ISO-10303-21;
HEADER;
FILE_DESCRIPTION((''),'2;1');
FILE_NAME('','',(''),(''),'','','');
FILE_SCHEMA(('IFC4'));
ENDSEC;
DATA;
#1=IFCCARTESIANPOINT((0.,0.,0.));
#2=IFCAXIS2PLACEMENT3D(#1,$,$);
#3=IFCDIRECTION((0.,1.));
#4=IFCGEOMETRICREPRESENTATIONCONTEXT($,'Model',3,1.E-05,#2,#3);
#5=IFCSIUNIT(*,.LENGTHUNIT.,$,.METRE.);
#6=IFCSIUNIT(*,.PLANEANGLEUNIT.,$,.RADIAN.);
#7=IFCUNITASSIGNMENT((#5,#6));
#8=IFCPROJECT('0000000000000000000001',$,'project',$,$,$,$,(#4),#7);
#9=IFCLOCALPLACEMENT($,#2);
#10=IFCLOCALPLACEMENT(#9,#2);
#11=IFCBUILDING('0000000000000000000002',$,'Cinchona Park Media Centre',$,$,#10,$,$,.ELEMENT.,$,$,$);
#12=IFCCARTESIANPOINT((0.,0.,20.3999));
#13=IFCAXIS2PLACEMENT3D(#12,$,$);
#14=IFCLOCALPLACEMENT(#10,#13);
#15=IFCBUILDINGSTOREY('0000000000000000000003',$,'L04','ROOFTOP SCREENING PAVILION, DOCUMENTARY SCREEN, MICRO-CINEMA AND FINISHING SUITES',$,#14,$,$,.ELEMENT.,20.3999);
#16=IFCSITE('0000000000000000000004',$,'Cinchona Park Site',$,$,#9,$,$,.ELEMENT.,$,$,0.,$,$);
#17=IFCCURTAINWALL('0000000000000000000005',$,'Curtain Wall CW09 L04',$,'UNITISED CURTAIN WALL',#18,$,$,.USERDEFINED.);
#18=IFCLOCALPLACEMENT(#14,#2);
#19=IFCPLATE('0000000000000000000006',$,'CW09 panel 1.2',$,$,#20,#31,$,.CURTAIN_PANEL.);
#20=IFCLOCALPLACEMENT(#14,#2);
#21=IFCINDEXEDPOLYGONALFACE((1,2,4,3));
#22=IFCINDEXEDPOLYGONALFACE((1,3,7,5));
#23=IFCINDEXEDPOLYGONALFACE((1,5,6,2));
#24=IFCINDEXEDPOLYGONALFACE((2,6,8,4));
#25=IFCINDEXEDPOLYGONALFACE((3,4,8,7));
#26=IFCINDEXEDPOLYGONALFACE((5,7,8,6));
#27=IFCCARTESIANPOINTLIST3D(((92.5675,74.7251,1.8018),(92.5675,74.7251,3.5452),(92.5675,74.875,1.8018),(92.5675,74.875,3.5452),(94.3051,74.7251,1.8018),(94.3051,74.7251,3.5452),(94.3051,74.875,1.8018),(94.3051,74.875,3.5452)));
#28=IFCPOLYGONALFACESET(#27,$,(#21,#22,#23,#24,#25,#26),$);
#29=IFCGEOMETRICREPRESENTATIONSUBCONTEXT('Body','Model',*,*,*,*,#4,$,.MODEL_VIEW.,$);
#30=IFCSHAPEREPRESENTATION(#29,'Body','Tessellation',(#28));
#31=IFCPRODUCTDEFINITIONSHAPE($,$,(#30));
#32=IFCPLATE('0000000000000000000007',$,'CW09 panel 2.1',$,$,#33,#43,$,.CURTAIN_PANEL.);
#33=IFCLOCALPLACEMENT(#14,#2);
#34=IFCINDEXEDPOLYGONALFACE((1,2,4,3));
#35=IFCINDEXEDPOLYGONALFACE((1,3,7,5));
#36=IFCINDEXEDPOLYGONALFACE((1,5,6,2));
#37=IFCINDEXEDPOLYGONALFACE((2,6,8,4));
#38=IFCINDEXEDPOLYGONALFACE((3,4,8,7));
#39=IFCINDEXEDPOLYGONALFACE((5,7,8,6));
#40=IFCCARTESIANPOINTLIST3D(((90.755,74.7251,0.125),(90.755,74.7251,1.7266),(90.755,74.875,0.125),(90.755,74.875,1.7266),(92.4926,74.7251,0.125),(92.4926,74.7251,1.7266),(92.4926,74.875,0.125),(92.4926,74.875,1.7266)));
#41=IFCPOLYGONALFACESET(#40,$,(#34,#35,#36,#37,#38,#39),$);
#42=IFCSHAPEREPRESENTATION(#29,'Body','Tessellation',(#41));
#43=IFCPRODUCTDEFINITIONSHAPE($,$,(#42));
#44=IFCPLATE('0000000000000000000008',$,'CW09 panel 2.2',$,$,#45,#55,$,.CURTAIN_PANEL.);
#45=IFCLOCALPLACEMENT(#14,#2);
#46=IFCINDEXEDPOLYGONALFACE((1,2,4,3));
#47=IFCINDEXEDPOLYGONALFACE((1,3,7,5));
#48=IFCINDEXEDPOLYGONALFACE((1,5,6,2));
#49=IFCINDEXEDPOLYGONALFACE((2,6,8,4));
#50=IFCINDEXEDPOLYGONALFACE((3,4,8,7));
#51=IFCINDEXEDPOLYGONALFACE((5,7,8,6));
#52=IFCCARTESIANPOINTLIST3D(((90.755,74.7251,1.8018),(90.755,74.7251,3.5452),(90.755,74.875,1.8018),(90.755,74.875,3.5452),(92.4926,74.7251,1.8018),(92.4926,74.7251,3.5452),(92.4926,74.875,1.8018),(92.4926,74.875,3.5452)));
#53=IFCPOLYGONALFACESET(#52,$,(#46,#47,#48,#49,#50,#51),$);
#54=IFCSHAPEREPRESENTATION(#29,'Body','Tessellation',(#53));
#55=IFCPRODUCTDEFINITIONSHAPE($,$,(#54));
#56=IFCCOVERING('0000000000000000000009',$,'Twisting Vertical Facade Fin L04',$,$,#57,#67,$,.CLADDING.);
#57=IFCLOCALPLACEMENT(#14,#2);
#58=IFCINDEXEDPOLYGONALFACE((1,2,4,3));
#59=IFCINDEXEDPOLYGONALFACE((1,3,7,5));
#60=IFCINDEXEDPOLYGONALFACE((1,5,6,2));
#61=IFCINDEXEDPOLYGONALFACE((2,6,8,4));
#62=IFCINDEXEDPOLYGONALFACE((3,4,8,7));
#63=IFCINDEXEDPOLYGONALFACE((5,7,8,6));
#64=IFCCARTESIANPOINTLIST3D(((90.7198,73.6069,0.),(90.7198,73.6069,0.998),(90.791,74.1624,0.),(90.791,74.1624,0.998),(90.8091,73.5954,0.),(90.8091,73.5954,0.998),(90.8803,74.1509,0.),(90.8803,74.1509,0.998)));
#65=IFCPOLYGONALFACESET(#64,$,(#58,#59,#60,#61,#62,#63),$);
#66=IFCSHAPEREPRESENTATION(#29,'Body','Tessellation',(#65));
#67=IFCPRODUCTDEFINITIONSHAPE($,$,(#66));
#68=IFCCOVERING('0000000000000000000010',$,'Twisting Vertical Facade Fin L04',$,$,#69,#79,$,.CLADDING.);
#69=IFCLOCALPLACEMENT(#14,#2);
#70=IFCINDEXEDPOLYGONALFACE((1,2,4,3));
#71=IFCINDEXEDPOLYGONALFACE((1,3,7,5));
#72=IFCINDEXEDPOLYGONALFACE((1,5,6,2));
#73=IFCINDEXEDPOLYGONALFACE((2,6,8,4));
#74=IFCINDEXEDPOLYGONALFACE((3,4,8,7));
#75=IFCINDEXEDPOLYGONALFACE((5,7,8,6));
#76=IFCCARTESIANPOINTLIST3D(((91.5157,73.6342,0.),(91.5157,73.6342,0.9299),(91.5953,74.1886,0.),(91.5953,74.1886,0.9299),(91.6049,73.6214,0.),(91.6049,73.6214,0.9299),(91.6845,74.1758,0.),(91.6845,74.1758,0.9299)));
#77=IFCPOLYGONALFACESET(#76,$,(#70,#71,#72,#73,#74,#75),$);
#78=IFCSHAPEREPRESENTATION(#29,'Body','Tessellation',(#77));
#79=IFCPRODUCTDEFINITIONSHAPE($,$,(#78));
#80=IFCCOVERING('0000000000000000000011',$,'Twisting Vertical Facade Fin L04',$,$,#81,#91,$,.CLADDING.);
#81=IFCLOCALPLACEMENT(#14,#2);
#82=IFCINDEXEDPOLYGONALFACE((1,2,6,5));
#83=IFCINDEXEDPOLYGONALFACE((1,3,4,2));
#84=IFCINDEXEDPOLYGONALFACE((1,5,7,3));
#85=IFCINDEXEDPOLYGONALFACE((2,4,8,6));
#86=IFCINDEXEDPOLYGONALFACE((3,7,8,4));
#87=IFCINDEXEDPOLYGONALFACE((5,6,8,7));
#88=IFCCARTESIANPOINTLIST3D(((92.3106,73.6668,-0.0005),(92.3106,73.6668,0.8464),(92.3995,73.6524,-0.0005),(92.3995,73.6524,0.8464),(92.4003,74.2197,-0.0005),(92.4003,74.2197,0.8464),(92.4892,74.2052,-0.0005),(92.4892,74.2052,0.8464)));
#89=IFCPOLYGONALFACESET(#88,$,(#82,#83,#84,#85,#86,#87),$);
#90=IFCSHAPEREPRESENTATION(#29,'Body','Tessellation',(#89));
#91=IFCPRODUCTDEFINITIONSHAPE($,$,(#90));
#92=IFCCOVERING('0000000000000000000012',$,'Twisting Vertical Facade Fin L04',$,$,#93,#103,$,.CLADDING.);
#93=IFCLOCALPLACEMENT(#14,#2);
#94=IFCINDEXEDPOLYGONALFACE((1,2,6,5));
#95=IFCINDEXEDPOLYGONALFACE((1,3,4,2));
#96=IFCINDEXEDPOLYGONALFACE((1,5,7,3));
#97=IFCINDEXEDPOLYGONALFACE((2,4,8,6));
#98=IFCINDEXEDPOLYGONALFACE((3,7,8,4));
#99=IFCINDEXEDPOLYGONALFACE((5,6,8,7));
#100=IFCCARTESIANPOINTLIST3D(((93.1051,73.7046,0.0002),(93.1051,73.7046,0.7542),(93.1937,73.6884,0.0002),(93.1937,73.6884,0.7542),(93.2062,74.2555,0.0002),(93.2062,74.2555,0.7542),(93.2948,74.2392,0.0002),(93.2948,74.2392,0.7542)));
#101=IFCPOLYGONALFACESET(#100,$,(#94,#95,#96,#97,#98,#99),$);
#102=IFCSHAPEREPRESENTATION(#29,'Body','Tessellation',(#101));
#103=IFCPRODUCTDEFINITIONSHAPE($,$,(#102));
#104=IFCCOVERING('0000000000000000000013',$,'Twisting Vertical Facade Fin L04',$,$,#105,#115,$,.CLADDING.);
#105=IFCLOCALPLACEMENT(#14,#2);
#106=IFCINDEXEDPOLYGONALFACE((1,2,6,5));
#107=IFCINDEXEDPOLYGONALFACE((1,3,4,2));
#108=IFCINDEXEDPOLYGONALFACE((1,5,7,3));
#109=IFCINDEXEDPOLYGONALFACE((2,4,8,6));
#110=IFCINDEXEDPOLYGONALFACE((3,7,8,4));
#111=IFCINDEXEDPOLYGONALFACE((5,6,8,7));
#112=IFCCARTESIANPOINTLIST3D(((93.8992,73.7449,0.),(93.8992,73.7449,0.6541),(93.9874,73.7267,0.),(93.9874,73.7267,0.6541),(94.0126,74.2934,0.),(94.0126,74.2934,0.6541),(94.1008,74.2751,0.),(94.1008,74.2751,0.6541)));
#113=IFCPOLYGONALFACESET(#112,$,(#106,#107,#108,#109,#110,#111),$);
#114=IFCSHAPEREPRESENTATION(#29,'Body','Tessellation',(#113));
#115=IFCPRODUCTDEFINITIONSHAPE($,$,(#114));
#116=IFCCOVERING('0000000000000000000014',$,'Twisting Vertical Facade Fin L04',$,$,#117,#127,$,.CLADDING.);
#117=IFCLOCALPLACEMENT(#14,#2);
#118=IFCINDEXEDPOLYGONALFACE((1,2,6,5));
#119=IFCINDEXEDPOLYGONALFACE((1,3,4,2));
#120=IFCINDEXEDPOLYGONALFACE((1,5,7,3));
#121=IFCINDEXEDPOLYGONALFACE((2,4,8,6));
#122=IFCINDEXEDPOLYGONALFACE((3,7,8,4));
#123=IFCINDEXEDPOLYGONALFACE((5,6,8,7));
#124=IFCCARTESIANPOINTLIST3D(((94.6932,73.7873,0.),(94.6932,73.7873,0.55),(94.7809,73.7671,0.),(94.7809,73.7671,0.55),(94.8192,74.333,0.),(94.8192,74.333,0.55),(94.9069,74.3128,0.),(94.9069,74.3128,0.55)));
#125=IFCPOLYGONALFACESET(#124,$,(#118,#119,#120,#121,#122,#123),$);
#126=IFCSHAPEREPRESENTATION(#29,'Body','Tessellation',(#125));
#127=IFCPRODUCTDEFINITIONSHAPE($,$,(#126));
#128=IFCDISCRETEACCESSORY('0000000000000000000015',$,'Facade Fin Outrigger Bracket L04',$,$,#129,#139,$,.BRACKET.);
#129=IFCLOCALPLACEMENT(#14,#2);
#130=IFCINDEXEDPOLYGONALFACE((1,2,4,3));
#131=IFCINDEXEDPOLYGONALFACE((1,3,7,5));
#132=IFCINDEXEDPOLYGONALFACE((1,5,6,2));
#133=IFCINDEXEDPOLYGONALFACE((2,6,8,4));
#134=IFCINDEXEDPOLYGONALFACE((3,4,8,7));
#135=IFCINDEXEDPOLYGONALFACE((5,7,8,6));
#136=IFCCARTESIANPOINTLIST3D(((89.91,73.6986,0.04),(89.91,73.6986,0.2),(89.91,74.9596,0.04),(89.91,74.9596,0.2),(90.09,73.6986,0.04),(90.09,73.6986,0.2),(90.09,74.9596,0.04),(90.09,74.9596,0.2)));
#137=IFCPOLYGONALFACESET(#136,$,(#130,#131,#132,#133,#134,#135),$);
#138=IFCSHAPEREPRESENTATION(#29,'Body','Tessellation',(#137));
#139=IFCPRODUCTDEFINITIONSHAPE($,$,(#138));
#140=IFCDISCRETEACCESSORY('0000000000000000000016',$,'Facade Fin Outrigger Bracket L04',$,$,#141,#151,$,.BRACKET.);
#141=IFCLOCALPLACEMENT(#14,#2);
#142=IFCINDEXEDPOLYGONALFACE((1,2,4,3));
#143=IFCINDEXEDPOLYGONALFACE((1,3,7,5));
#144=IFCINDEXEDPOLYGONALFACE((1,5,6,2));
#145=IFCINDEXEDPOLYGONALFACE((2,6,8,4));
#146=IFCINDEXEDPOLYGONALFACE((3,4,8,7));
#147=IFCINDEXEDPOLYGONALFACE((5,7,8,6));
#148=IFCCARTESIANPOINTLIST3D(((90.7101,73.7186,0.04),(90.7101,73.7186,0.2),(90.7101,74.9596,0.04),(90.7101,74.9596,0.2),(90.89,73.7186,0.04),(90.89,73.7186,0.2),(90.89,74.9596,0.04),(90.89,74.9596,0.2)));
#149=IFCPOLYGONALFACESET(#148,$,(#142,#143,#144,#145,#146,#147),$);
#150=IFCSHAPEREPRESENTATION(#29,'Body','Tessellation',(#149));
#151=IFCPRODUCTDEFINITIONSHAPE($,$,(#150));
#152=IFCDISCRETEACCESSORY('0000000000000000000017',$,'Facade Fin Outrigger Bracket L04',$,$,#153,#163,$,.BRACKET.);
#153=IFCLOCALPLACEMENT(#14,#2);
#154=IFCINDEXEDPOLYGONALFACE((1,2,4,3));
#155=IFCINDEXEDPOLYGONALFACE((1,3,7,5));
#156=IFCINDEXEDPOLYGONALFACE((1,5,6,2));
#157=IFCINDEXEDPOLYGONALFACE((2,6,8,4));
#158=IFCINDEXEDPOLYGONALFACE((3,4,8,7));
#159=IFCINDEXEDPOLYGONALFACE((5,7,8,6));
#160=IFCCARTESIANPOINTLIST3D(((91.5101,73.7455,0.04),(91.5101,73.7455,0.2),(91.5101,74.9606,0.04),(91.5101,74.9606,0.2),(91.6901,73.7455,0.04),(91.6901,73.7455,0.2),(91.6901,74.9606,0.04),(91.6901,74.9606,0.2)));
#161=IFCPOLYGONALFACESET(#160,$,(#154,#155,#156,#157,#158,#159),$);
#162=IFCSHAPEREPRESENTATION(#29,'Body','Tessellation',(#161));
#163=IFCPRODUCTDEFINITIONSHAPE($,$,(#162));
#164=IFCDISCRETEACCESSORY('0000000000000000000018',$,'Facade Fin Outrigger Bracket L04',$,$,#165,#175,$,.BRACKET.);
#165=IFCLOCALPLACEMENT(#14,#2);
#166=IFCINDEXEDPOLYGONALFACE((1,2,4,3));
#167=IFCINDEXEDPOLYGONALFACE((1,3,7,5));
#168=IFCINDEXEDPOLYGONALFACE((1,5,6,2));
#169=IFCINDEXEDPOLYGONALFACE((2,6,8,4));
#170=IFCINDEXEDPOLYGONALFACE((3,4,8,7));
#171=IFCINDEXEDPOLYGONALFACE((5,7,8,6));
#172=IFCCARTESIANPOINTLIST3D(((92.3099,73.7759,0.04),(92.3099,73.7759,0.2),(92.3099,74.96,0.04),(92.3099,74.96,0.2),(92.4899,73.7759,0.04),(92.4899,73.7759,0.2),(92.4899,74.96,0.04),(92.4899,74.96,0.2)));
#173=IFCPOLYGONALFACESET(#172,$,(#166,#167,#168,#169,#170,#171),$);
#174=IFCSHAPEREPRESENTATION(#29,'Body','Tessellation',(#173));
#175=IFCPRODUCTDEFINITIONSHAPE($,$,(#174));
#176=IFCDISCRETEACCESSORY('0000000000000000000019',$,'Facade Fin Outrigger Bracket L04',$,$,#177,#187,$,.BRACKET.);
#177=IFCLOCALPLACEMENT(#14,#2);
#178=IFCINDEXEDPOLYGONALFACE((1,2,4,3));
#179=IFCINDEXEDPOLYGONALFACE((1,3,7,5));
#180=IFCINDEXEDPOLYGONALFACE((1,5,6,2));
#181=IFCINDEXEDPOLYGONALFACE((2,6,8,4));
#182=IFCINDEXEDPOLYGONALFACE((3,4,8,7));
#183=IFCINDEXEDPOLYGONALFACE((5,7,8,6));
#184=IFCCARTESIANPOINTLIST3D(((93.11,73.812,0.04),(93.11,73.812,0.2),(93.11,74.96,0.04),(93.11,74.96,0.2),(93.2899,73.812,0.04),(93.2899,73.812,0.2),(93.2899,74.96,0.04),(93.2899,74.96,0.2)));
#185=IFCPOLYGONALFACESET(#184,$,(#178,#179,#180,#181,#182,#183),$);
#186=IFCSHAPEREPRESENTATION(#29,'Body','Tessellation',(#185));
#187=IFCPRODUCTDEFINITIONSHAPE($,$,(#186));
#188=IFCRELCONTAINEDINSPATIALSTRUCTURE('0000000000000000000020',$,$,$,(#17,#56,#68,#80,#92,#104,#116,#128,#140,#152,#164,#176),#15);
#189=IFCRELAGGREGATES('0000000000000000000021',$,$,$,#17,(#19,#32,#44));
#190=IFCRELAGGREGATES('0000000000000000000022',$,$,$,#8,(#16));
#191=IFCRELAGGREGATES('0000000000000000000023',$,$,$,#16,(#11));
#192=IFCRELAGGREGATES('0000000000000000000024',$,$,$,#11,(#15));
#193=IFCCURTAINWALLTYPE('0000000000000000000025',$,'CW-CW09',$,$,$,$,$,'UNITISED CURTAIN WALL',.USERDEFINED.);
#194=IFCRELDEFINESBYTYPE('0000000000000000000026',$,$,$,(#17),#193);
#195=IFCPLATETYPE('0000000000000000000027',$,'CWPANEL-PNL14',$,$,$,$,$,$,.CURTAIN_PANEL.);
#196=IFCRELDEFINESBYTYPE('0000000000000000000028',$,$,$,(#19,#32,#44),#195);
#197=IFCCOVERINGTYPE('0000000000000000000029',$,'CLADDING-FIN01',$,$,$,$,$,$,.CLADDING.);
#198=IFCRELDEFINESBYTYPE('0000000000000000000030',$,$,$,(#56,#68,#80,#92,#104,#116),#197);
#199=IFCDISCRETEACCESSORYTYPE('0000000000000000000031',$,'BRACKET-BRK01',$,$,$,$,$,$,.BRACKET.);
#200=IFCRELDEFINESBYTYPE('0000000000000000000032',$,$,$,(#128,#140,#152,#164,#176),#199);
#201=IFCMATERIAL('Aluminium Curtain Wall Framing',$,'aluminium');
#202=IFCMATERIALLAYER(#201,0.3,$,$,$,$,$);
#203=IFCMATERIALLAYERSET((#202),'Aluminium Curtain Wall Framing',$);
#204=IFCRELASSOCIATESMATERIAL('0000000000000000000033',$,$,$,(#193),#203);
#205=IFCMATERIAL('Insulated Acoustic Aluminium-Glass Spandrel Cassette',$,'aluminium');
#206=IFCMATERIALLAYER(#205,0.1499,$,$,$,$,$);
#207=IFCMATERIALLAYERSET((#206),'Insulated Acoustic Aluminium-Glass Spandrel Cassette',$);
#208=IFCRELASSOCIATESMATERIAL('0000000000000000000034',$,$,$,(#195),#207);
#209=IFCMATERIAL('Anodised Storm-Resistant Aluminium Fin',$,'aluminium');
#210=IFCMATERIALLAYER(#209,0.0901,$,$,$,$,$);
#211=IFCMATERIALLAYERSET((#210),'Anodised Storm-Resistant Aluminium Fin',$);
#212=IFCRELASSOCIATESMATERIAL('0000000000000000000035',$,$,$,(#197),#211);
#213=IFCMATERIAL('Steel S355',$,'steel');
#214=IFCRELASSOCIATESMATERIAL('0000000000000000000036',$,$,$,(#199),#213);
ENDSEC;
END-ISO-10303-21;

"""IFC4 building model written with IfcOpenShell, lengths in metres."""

from ifc_helpers import new_model, si_unit, direction, frame, origin, origin_2d, place, context, subcontext, project, spatial, rectangle, extrude, material, layer, layer_set, type_object, element, aggregate, save


model = new_model("IFC4")

# Units and contexts
model_context = context("Model", 3, precision=1e-05, world=origin(), true_north=direction((0.0, 1.0)))
body_context = subcontext(model_context, "Body", "Model", "MODEL_VIEW")
ifc_project = project(units=[si_unit("LENGTHUNIT", "METRE"), si_unit("PLANEANGLEUNIT", "RADIAN")], contexts=[model_context])

# Site, building, storey
site_placement = place(None, origin())
site = spatial("IfcSite", under=ifc_project, at=site_placement, Name="Cinchona Park Site", CompositionType="ELEMENT", RefElevation=0.0)
building_placement = place(site_placement, origin())
building = spatial("IfcBuilding", under=site, at=building_placement, Name="Cinchona Park Media Centre", CompositionType="ELEMENT")
storey_placement = place(building_placement, frame((0.0, 0.0, 20.3999)))
storey = spatial("IfcBuildingStorey", under=building, at=storey_placement, Name="L04", Description="ROOFTOP SCREENING PAVILION, DOCUMENTARY SCREEN, MICRO-CINEMA AND FINISHING SUITES", CompositionType="ELEMENT", Elevation=20.3999)

# Curtain wall
ifc_material_1 = material(Name="Aluminium Curtain Wall Framing", Category="aluminium")
ifc_layer_1 = layer(ifc_material_1, 0.3)
ifc_layer_set_1 = layer_set([ifc_layer_1], Name="Aluminium Curtain Wall Framing")
curtain_wall_type_1 = type_object("IfcCurtainWallType", Name="CW-CW09", ElementType="UNITISED CURTAIN WALL", PredefinedType="USERDEFINED", material=ifc_layer_set_1)
curtain_wall_1_placement = place(storey_placement, origin())
curtain_wall_1 = element("IfcCurtainWall", 1, at=curtain_wall_1_placement, inside=storey, type_object=curtain_wall_type_1, Name="Curtain Wall CW09 L04", ObjectType="UNITISED CURTAIN WALL", PredefinedType="USERDEFINED")

# Plates
ifc_material_2 = material(Name="Insulated Acoustic Aluminium-Glass Spandrel Cassette", Category="aluminium")
ifc_layer_2 = layer(ifc_material_2, 0.1499)
ifc_layer_set_2 = layer_set([ifc_layer_2], Name="Insulated Acoustic Aluminium-Glass Spandrel Cassette")
plate_type = type_object("IfcPlateType", Name="CWPANEL-PNL14", PredefinedType="CURTAIN_PANEL", material=ifc_layer_set_2)
plate_1_placement = place(storey_placement, frame((93.4363, 74.8, 1.8018), z_axis=(0.0, 0.0, 1.0), x_axis=(-1.0, 0.0, 0.0)))
plate_1 = element("IfcPlate", 2, at=plate_1_placement, type_object=plate_type, Name="CW09 panel 1.2", PredefinedType="CURTAIN_PANEL", context=body_context, shape_type="SweptSolid", body=[
    extrude(rectangle(XDim=1.7375, YDim=0.1499, at=origin_2d()), origin(), (0.0, 0.0, 1.0), 1.7434),
])
plate_2_placement = place(storey_placement, frame((91.6238, 74.8, 0.125), z_axis=(0.0, 0.0, 1.0), x_axis=(-1.0, 0.0, 0.0)))
plate_2 = element("IfcPlate", 3, at=plate_2_placement, type_object=plate_type, Name="CW09 panel 2.1", PredefinedType="CURTAIN_PANEL", context=body_context, shape_type="SweptSolid", body=[
    extrude(rectangle(XDim=1.7375, YDim=0.1499, at=origin_2d()), origin(), (0.0, 0.0, 1.0), 1.6016),
])
plate_3_placement = place(storey_placement, frame((91.6238, 74.8, 1.8018), z_axis=(0.0, 0.0, 1.0), x_axis=(-1.0, 0.0, 0.0)))
plate_3 = element("IfcPlate", 4, at=plate_3_placement, type_object=plate_type, Name="CW09 panel 2.2", PredefinedType="CURTAIN_PANEL", context=body_context, shape_type="SweptSolid", body=[
    extrude(rectangle(XDim=1.7375, YDim=0.1499, at=origin_2d()), origin(), (0.0, 0.0, 1.0), 1.7434),
])
aggregate(curtain_wall_1, [plate_1, plate_2, plate_3])

# Coverings
ifc_material_3 = material(Name="Anodised Storm-Resistant Aluminium Fin", Category="aluminium")
ifc_layer_3 = layer(ifc_material_3, 0.0901)
ifc_layer_set_3 = layer_set([ifc_layer_3], Name="Anodised Storm-Resistant Aluminium Fin")
covering_type = type_object("IfcCoveringType", Name="CLADDING-FIN01", PredefinedType="CLADDING", material=ifc_layer_set_3)
covering_1_placement = place(storey_placement, frame((90.8, 73.8789, 0.0), z_axis=(0.0, 0.0, 1.0), x_axis=(0.127065, 0.991894, 0.0)))
element("IfcCovering", 5, at=covering_1_placement, inside=storey, type_object=covering_type, Name="Twisting Vertical Facade Fin L04", PredefinedType="CLADDING", context=body_context, shape_type="SweptSolid", body=[
    extrude(rectangle(XDim=0.5601, YDim=0.0901, at=origin_2d()), origin(), (0.0, 0.0, 1.0), 0.998),
])
covering_2_placement = place(storey_placement, frame((91.6001, 73.905, 0.0), z_axis=(0.0, 0.0, 1.0), x_axis=(0.142111, 0.989851, 0.0)))
element("IfcCovering", 6, at=covering_2_placement, inside=storey, type_object=covering_type, Name="Twisting Vertical Facade Fin L04", PredefinedType="CLADDING", context=body_context, shape_type="SweptSolid", body=[
    extrude(rectangle(XDim=0.5601, YDim=0.0901, at=origin_2d()), origin(), (0.0, 0.0, 1.0), 0.9299),
])
covering_3_placement = place(storey_placement, frame((92.3999, 73.936, -0.0005), z_axis=(0.0, 0.0, 1.0), x_axis=(0.160226, 0.98708, 0.0)))
element("IfcCovering", 7, at=covering_3_placement, inside=storey, type_object=covering_type, Name="Twisting Vertical Facade Fin L04", PredefinedType="CLADDING", context=body_context, shape_type="SweptSolid", body=[
    extrude(rectangle(XDim=0.5601, YDim=0.0901, at=origin_2d()), origin(), (0.0, 0.0, 1.0), 0.8469),
])
covering_4_placement = place(storey_placement, frame((93.2, 73.9719, 0.0002), z_axis=(0.0, 0.0, 1.0), x_axis=(0.180519, 0.983571, 0.0)))
element("IfcCovering", 8, at=covering_4_placement, inside=storey, type_object=covering_type, Name="Twisting Vertical Facade Fin L04", PredefinedType="CLADDING", context=body_context, shape_type="SweptSolid", body=[
    extrude(rectangle(XDim=0.5601, YDim=0.0901, at=origin_2d()), origin(), (0.0, 0.0, 1.0), 0.7539),
])
covering_5_placement = place(storey_placement, frame((94.0, 74.01, 0.0), z_axis=(0.0, 0.0, 1.0), x_axis=(0.202445, 0.979294, 0.0)))
element("IfcCovering", 9, at=covering_5_placement, inside=storey, type_object=covering_type, Name="Twisting Vertical Facade Fin L04", PredefinedType="CLADDING", context=body_context, shape_type="SweptSolid", body=[
    extrude(rectangle(XDim=0.5601, YDim=0.0901, at=origin_2d()), origin(), (0.0, 0.0, 1.0), 0.6541),
])
covering_6_placement = place(storey_placement, frame((94.8, 74.05, 0.0), z_axis=(0.0, 0.0, 1.0), x_axis=(0.224951, 0.97437, 0.0)))
element("IfcCovering", 10, at=covering_6_placement, inside=storey, type_object=covering_type, Name="Twisting Vertical Facade Fin L04", PredefinedType="CLADDING", context=body_context, shape_type="SweptSolid", body=[
    extrude(rectangle(XDim=0.5601, YDim=0.0901, at=origin_2d()), origin(), (0.0, 0.0, 1.0), 0.55),
])

# Discrete accessories
ifc_material_4 = material(Name="Steel S355", Category="steel")
discrete_accessory_type = type_object("IfcDiscreteAccessoryType", Name="BRACKET-BRK01", PredefinedType="BRACKET", material=ifc_material_4)
discrete_accessory_1_placement = place(storey_placement, frame((90.0, 74.3291, 0.04), z_axis=(0.0, 0.0, 1.0), x_axis=(1.0, 0.0, 0.0)))
element("IfcDiscreteAccessory", 11, at=discrete_accessory_1_placement, inside=storey, type_object=discrete_accessory_type, Name="Facade Fin Outrigger Bracket L04", PredefinedType="BRACKET", context=body_context, shape_type="SweptSolid", body=[
    extrude(rectangle(XDim=0.1799, YDim=1.261, at=origin_2d()), origin(), (0.0, 0.0, 1.0), 0.1599),
])
discrete_accessory_2_placement = place(storey_placement, frame((90.8, 74.3391, 0.04), z_axis=(0.0, 0.0, 1.0), x_axis=(1.0, 0.0, 0.0)))
element("IfcDiscreteAccessory", 12, at=discrete_accessory_2_placement, inside=storey, type_object=discrete_accessory_type, Name="Facade Fin Outrigger Bracket L04", PredefinedType="BRACKET", context=body_context, shape_type="SweptSolid", body=[
    extrude(rectangle(XDim=0.1799, YDim=1.241, at=origin_2d()), origin(), (0.0, 0.0, 1.0), 0.1599),
])
discrete_accessory_3_placement = place(storey_placement, frame((91.6001, 74.353, 0.04), z_axis=(0.0, 0.0, 1.0), x_axis=(1.0, 0.0, 0.0)))
element("IfcDiscreteAccessory", 13, at=discrete_accessory_3_placement, inside=storey, type_object=discrete_accessory_type, Name="Facade Fin Outrigger Bracket L04", PredefinedType="BRACKET", context=body_context, shape_type="SweptSolid", body=[
    extrude(rectangle(XDim=0.1799, YDim=1.2151, at=origin_2d()), origin(), (0.0, 0.0, 1.0), 0.1599),
])
discrete_accessory_4_placement = place(storey_placement, frame((92.3999, 74.3679, 0.04), z_axis=(0.0, 0.0, 1.0), x_axis=(1.0, 0.0, 0.0)))
element("IfcDiscreteAccessory", 14, at=discrete_accessory_4_placement, inside=storey, type_object=discrete_accessory_type, Name="Facade Fin Outrigger Bracket L04", PredefinedType="BRACKET", context=body_context, shape_type="SweptSolid", body=[
    extrude(rectangle(XDim=0.1799, YDim=1.1841, at=origin_2d()), origin(), (0.0, 0.0, 1.0), 0.1599),
])
discrete_accessory_5_placement = place(storey_placement, frame((93.2, 74.386, 0.04), z_axis=(0.0, 0.0, 1.0), x_axis=(1.0, 0.0, 0.0)))
element("IfcDiscreteAccessory", 15, at=discrete_accessory_5_placement, inside=storey, type_object=discrete_accessory_type, Name="Facade Fin Outrigger Bracket L04", PredefinedType="BRACKET", context=body_context, shape_type="SweptSolid", body=[
    extrude(rectangle(XDim=0.1799, YDim=1.1479, at=origin_2d()), origin(), (0.0, 0.0, 1.0), 0.1599),
])

save(model, "model.ifc")
